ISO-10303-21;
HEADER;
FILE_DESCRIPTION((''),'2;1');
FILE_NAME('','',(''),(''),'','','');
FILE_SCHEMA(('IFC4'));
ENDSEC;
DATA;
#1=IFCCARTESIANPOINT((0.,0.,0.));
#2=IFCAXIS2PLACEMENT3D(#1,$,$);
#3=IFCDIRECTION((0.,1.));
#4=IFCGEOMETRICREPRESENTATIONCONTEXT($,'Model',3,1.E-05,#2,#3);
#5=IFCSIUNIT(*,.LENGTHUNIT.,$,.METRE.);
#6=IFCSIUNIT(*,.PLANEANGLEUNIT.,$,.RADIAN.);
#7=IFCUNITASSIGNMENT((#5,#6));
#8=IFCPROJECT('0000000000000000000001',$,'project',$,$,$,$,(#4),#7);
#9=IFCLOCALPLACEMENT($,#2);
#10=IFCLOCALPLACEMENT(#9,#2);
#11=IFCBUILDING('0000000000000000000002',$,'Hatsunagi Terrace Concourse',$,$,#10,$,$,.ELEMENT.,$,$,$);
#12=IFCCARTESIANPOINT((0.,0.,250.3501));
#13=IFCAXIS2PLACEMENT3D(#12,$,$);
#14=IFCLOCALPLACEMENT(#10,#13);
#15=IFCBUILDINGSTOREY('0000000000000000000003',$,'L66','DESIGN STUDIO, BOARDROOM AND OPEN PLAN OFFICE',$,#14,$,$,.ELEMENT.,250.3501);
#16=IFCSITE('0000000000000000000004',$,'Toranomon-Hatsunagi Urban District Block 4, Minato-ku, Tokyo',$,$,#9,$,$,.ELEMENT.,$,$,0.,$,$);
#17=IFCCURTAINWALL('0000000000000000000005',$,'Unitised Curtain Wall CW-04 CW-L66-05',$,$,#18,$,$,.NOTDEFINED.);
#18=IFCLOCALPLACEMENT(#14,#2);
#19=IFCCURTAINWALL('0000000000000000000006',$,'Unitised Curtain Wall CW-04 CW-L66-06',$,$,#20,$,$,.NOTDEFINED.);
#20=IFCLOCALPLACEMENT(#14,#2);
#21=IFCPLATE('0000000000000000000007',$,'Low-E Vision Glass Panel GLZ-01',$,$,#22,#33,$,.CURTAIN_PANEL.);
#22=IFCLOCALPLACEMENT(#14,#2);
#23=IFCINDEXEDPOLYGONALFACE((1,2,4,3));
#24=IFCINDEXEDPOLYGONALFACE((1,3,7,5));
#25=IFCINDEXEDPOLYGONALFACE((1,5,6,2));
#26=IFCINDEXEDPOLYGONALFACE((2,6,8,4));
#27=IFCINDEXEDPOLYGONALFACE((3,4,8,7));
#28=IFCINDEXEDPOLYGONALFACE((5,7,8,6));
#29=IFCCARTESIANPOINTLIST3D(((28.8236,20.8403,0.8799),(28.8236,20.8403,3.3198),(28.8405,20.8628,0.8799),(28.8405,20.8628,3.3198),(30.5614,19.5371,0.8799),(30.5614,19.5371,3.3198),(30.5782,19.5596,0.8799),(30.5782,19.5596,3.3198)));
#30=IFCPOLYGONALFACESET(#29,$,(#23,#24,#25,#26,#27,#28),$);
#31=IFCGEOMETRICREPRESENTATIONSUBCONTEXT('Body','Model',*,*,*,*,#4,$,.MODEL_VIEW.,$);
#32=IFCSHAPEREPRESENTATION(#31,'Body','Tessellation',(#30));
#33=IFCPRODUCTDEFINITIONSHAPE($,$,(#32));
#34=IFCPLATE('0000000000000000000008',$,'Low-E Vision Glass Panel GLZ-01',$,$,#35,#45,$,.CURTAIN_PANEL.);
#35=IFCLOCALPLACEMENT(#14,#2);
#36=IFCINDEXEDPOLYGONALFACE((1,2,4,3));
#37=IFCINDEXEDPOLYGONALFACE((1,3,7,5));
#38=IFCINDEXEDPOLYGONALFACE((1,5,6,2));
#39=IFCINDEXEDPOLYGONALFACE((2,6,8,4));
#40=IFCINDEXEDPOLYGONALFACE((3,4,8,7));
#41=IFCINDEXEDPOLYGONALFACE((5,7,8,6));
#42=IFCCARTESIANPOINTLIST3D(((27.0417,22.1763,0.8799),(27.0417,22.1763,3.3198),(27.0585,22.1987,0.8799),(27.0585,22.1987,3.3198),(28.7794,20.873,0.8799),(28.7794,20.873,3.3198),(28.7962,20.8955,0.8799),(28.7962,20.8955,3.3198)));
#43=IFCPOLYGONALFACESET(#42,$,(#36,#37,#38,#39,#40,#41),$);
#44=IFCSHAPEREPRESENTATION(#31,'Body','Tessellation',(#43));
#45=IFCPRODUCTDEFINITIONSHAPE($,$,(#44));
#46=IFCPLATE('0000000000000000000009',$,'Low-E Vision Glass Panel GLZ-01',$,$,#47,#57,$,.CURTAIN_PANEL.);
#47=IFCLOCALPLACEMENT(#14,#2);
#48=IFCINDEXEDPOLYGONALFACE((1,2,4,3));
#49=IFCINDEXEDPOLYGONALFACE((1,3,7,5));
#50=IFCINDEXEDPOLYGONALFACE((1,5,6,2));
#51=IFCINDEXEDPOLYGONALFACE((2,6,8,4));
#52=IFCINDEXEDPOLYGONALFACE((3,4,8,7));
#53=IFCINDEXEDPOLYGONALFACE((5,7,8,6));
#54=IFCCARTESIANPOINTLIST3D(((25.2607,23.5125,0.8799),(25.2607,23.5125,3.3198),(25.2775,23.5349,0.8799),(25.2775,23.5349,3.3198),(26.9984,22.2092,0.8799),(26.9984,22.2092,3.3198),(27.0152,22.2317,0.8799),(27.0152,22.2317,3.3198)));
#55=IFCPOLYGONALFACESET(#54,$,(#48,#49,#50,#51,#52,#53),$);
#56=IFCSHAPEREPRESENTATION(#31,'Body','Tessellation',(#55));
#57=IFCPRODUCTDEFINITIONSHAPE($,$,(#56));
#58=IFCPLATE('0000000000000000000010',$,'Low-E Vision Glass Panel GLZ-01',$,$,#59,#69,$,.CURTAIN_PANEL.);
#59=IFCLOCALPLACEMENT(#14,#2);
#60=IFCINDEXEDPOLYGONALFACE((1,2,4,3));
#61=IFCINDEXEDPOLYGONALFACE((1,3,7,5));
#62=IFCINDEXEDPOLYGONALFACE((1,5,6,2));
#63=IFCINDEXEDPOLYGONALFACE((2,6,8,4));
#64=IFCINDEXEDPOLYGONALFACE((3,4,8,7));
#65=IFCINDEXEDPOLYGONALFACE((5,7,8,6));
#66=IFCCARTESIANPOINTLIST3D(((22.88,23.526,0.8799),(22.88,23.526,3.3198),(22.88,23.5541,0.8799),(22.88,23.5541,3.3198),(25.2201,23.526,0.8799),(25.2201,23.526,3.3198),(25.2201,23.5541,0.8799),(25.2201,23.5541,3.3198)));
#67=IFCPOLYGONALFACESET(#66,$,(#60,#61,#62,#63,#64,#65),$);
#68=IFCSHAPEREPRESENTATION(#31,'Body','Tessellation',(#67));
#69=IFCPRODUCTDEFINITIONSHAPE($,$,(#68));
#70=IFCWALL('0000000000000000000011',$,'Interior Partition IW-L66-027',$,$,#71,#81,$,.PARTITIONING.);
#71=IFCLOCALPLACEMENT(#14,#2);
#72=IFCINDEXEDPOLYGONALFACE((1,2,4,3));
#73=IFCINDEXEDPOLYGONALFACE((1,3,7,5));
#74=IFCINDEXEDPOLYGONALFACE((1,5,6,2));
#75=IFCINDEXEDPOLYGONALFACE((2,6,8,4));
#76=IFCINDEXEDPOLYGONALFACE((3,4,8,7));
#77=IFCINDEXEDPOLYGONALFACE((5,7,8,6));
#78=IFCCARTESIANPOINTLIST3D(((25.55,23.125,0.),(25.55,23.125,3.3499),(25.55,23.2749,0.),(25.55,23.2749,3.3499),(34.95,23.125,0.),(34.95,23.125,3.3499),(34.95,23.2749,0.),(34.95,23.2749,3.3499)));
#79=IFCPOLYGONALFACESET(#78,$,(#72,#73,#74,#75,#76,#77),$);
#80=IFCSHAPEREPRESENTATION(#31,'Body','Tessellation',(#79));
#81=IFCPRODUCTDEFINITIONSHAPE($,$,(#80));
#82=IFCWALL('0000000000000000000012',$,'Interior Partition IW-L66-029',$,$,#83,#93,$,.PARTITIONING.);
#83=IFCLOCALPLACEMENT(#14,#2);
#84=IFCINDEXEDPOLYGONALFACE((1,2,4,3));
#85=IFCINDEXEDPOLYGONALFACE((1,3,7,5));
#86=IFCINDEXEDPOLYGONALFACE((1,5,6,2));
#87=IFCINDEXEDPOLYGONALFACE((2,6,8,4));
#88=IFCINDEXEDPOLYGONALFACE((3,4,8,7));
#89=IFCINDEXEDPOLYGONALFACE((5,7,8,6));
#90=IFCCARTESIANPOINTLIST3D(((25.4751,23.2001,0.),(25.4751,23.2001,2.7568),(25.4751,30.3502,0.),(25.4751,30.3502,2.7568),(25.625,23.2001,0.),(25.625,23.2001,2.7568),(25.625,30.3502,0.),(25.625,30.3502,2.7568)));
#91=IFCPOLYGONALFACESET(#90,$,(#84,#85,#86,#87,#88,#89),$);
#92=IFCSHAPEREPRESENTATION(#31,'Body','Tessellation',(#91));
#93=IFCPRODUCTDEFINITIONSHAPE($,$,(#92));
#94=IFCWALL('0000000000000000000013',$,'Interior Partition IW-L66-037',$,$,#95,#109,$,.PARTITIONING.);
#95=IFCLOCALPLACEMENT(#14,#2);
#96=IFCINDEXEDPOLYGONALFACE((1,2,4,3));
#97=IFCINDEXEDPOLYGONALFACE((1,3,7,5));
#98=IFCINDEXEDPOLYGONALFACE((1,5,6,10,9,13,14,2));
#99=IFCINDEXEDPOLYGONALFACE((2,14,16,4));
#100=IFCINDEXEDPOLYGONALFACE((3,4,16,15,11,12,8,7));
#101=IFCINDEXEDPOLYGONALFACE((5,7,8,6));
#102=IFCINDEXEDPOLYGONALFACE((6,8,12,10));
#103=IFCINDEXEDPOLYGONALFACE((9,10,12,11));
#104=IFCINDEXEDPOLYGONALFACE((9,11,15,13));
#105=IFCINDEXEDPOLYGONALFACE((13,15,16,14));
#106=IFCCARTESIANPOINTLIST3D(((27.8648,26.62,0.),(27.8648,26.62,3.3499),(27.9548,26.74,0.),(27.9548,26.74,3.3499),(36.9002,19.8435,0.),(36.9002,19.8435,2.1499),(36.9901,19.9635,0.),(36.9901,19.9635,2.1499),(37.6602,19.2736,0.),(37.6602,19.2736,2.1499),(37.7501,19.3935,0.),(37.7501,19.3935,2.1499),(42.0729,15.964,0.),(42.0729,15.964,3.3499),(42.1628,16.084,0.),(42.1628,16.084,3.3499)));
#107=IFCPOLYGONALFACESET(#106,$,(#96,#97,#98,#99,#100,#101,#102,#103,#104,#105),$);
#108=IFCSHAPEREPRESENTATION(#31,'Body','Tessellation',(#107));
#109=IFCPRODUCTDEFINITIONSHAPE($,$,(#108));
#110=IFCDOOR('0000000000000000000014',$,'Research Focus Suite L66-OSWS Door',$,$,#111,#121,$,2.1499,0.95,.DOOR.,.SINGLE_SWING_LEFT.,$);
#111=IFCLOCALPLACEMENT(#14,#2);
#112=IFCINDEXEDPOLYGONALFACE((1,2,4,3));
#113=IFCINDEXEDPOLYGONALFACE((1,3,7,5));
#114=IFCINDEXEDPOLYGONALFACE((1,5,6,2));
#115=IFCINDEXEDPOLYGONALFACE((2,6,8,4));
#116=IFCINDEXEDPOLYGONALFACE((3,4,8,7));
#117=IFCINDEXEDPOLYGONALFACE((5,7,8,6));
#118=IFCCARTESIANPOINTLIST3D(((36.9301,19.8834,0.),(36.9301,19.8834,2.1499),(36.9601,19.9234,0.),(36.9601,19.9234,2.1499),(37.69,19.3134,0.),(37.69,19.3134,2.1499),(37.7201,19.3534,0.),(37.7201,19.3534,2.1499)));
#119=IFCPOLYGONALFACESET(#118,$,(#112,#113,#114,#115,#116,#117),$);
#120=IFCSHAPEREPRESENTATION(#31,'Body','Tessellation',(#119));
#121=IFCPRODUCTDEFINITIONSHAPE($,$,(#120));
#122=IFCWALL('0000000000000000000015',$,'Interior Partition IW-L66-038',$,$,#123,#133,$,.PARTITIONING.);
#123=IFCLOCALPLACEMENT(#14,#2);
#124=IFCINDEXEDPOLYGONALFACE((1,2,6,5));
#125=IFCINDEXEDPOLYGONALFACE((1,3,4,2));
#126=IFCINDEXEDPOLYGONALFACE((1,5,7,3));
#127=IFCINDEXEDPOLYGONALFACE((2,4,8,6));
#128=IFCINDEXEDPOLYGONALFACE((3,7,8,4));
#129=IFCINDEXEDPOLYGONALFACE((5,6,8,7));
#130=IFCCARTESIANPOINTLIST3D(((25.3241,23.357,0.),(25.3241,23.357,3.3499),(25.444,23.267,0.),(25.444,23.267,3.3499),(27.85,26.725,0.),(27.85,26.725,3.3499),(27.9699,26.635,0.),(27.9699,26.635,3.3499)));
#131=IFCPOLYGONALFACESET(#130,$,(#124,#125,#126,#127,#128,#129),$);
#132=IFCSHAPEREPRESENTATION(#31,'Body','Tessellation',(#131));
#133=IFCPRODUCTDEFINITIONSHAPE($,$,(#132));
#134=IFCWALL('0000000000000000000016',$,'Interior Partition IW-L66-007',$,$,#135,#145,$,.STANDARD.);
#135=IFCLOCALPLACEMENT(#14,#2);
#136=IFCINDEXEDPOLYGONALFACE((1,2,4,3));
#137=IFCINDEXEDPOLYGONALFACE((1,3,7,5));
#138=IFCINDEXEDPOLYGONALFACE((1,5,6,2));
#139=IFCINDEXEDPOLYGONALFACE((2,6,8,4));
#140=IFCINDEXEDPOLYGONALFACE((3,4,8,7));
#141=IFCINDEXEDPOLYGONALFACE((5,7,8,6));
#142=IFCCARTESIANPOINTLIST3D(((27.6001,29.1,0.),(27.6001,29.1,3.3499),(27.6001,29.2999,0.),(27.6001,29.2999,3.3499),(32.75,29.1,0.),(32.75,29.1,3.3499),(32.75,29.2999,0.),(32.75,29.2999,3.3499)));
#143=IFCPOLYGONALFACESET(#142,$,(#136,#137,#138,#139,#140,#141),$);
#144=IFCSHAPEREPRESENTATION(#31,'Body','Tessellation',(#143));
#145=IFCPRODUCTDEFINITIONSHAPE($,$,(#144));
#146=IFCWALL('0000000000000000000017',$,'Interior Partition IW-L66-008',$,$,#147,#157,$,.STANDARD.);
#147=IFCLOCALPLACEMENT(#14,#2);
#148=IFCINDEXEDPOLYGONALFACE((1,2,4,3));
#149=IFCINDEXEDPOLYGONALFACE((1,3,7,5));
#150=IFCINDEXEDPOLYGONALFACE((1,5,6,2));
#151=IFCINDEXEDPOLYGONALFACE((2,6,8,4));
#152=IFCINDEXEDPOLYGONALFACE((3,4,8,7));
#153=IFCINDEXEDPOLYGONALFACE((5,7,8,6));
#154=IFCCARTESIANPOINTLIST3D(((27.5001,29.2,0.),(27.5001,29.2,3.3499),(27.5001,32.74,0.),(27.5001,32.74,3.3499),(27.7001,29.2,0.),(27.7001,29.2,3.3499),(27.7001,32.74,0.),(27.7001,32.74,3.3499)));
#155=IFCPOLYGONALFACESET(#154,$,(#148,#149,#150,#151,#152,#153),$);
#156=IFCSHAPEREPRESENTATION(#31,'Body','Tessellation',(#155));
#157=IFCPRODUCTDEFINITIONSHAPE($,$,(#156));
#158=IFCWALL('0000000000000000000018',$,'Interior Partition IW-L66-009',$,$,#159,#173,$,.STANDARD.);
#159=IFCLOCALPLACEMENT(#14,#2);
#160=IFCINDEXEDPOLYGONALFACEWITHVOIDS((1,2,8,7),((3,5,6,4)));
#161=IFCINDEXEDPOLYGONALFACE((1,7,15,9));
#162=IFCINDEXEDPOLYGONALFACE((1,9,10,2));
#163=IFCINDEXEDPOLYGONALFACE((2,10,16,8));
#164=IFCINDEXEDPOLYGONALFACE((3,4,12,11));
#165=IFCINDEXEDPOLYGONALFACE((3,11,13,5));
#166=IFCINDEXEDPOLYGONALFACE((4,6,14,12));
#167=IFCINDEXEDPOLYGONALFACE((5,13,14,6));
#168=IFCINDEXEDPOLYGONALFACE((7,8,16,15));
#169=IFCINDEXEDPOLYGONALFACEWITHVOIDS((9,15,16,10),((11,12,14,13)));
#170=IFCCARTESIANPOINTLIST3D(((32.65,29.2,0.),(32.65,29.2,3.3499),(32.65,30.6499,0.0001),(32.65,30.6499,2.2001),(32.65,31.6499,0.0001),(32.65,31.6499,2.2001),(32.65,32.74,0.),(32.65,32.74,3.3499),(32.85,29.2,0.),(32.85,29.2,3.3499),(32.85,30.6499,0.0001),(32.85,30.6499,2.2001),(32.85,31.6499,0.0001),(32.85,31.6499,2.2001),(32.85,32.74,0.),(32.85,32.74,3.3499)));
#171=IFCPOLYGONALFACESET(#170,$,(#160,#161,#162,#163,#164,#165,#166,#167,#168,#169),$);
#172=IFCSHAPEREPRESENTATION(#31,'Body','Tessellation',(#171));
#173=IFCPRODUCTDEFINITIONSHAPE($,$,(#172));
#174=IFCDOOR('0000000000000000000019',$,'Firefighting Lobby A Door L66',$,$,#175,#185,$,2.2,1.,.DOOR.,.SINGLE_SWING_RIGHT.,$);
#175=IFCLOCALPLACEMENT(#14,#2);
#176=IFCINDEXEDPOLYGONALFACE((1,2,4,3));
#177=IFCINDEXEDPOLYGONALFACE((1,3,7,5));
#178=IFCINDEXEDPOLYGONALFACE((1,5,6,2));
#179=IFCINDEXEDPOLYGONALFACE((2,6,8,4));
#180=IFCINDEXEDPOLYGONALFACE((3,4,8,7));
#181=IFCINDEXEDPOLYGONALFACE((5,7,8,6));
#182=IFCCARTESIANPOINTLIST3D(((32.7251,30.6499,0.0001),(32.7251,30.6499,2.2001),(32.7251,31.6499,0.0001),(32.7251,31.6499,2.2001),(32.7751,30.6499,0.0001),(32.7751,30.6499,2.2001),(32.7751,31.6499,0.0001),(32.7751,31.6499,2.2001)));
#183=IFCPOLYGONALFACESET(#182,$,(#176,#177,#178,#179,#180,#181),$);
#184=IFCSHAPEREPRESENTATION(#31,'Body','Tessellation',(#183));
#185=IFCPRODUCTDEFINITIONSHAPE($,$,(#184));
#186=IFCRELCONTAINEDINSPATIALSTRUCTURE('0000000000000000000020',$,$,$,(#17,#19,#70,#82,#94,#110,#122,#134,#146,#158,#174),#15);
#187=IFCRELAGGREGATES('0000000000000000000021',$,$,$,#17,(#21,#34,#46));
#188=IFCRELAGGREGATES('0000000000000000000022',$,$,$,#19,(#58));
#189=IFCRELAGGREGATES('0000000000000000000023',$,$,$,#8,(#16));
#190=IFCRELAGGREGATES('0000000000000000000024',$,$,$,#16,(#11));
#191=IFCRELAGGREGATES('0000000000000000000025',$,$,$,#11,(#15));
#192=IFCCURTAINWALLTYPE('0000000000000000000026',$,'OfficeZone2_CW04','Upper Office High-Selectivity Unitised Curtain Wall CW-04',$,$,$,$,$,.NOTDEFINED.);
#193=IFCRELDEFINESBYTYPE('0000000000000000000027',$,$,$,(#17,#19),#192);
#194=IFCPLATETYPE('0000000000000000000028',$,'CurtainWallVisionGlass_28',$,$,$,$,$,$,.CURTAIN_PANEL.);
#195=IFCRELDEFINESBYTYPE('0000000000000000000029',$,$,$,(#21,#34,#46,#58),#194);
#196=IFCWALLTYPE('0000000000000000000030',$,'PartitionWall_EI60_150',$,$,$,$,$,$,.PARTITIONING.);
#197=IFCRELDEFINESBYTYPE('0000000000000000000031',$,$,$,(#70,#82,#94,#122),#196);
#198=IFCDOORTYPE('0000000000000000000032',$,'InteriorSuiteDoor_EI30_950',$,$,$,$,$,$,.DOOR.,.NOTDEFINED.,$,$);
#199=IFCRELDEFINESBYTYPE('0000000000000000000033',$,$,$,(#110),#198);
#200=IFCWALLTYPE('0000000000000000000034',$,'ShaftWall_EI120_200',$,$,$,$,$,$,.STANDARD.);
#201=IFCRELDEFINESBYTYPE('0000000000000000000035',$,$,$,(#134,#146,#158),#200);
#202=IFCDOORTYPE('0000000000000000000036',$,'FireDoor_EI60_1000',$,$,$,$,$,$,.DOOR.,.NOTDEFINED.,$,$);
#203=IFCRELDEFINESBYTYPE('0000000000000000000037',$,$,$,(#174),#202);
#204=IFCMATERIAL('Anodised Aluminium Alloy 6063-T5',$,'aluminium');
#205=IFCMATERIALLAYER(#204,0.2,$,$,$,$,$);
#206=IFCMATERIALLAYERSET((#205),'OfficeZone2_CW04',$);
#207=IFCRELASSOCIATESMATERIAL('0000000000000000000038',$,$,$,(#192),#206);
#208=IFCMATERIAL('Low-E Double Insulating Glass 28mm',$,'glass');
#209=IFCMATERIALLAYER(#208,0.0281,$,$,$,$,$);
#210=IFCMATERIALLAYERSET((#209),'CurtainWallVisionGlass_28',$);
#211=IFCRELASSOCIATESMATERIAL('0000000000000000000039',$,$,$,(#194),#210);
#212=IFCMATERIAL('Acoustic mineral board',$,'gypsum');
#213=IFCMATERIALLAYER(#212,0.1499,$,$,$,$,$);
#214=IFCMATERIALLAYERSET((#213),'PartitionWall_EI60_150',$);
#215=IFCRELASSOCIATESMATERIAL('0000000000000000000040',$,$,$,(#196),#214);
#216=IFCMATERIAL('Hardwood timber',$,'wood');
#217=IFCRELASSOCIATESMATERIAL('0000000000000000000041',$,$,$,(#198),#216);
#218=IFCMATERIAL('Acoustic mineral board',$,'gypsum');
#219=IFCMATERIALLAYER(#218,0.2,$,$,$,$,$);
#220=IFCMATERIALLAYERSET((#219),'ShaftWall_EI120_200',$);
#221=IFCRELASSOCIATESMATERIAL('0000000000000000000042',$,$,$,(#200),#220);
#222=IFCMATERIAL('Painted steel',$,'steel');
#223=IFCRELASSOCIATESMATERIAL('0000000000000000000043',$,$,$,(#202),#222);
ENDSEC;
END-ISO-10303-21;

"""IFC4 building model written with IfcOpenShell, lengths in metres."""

from ifc_helpers import new_model, si_unit, direction, frame, frame_2d, origin, origin_2d, place, context, subcontext, project, spatial, rectangle, extrude, material, layer, layer_set, type_object, element, fill, aggregate, save


model = new_model("IFC4")

# Units and contexts
model_context = context("Model", 3, precision=1e-05, world=origin(), true_north=direction((0.0, 1.0)))
body_context = subcontext(model_context, "Body", "Model", "MODEL_VIEW")
ifc_project = project(units=[si_unit("LENGTHUNIT", "METRE"), si_unit("PLANEANGLEUNIT", "RADIAN")], contexts=[model_context])

# Site, building, storey
site_placement = place(None, origin())
site = spatial("IfcSite", under=ifc_project, at=site_placement, Name="Toranomon-Hatsunagi Urban District Block 4, Minato-ku, Tokyo", CompositionType="ELEMENT", RefElevation=0.0)
building_placement = place(site_placement, origin())
building = spatial("IfcBuilding", under=site, at=building_placement, Name="Hatsunagi Terrace Concourse", CompositionType="ELEMENT")
storey_placement = place(building_placement, frame((0.0, 0.0, 250.3501)))
storey = spatial("IfcBuildingStorey", under=building, at=storey_placement, Name="L66", Description="DESIGN STUDIO, BOARDROOM AND OPEN PLAN OFFICE", CompositionType="ELEMENT", Elevation=250.3501)

# Curtain walls
ifc_material_1 = material(Name="Anodised Aluminium Alloy 6063-T5", Category="aluminium")
ifc_layer_1 = layer(ifc_material_1, 0.2)
ifc_layer_set_1 = layer_set([ifc_layer_1], Name="OfficeZone2_CW04")
curtain_wall_type = type_object("IfcCurtainWallType", Name="OfficeZone2_CW04", Description="Upper Office High-Selectivity Unitised Curtain Wall CW-04", PredefinedType="NOTDEFINED", material=ifc_layer_set_1)
curtain_wall_1_placement = place(storey_placement, origin())
curtain_wall_1 = element("IfcCurtainWall", 1, at=curtain_wall_1_placement, inside=storey, type_object=curtain_wall_type, Name="Unitised Curtain Wall CW-04 CW-L66-05", PredefinedType="NOTDEFINED")
curtain_wall_2_placement = place(storey_placement, origin())
curtain_wall_2 = element("IfcCurtainWall", 2, at=curtain_wall_2_placement, inside=storey, type_object=curtain_wall_type, Name="Unitised Curtain Wall CW-04 CW-L66-06", PredefinedType="NOTDEFINED")

# Plates
ifc_material_2 = material(Name="Low-E Double Insulating Glass 28mm", Category="glass")
ifc_layer_2 = layer(ifc_material_2, 0.0281)
ifc_layer_set_2 = layer_set([ifc_layer_2], Name="CurtainWallVisionGlass_28")
plate_type_1 = type_object("IfcPlateType", Name="CurtainWallVisionGlass_28", PredefinedType="CURTAIN_PANEL", material=ifc_layer_set_2)
plate_1_placement = place(storey_placement, frame((29.7009, 20.2, 0.8799), z_axis=(0.0, 0.0, 1.0), x_axis=(-0.800007, 0.59999, 0.0)))
plate_1 = element("IfcPlate", 3, at=plate_1_placement, type_object=plate_type_1, Name="Low-E Vision Glass Panel GLZ-01", PredefinedType="CURTAIN_PANEL", context=body_context, shape_type="SweptSolid", body=[
    extrude(rectangle(XDim=2.1721, YDim=0.0281, at=origin_2d()), origin(), (0.0, 0.0, 1.0), 2.4399),
])
plate_2_placement = place(storey_placement, frame((27.9189, 21.5359, 0.8799), z_axis=(0.0, 0.0, 1.0), x_axis=(-0.800007, 0.59999, 0.0)))
plate_2 = element("IfcPlate", 4, at=plate_2_placement, type_object=plate_type_1, Name="Low-E Vision Glass Panel GLZ-01", PredefinedType="CURTAIN_PANEL", context=body_context, shape_type="SweptSolid", body=[
    extrude(rectangle(XDim=2.1721, YDim=0.0281, at=origin_2d()), origin(), (0.0, 0.0, 1.0), 2.4399),
])
plate_3_placement = place(storey_placement, frame((26.1379, 22.8721, 0.8799), z_axis=(0.0, 0.0, 1.0), x_axis=(-0.800007, 0.59999, 0.0)))
plate_3 = element("IfcPlate", 5, at=plate_3_placement, type_object=plate_type_1, Name="Low-E Vision Glass Panel GLZ-01", PredefinedType="CURTAIN_PANEL", context=body_context, shape_type="SweptSolid", body=[
    extrude(rectangle(XDim=2.1721, YDim=0.0281, at=origin_2d()), origin(), (0.0, 0.0, 1.0), 2.4399),
])
aggregate(curtain_wall_1, [plate_1, plate_2, plate_3])
plate_4_placement = place(storey_placement, frame((24.05, 23.54, 0.8799), z_axis=(0.0, 0.0, 1.0), x_axis=(-1.0, 0.0, 0.0)))
plate_4 = element("IfcPlate", 6, at=plate_4_placement, type_object=plate_type_1, Name="Low-E Vision Glass Panel GLZ-01", PredefinedType="CURTAIN_PANEL", context=body_context, shape_type="SweptSolid", body=[
    extrude(rectangle(XDim=2.3401, YDim=0.0281, at=origin_2d()), origin(), (0.0, 0.0, 1.0), 2.4399),
])
aggregate(curtain_wall_2, [plate_4])

# Walls
ifc_material_3 = material(Name="Acoustic mineral board", Category="gypsum")
ifc_layer_3 = layer(ifc_material_3, 0.1499)
ifc_layer_set_3 = layer_set([ifc_layer_3], Name="PartitionWall_EI60_150")
wall_type_1 = type_object("IfcWallType", Name="PartitionWall_EI60_150", PredefinedType="PARTITIONING", material=ifc_layer_set_3)
wall_1_placement = place(storey_placement, frame((25.55, 23.2, 0.0), z_axis=(0.0, 0.0, 1.0), x_axis=(1.0, 0.0, 0.0)))
element("IfcWall", 7, at=wall_1_placement, inside=storey, type_object=wall_type_1, Name="Interior Partition IW-L66-027", PredefinedType="PARTITIONING", context=body_context, shape_type="SweptSolid", body=[
    extrude(rectangle(XDim=9.3999, YDim=0.1499, at=frame_2d((4.7, 0.0))), origin(), (0.0, 0.0, 1.0), 3.3499),
])
wall_2_placement = place(storey_placement, frame((25.55, 23.2, 0.0), z_axis=(0.0, 0.0, 1.0), x_axis=(0.0, 1.0, 0.0)))
element("IfcWall", 8, at=wall_2_placement, inside=storey, type_object=wall_type_1, Name="Interior Partition IW-L66-029", PredefinedType="PARTITIONING", context=body_context, shape_type="SweptSolid", body=[
    extrude(rectangle(XDim=7.1501, YDim=0.1499, at=frame_2d((3.5752, 0.0))), origin(), (0.0, 0.0, 1.0), 2.7568),
])

# Wall, opening, door
wall_3_placement = place(storey_placement, frame((27.9099, 26.6799, 0.0), z_axis=(0.0, 0.0, 1.0), x_axis=(0.8, -0.6, 0.0)))
wall_3 = element("IfcWall", 9, at=wall_3_placement, inside=storey, type_object=wall_type_1, Name="Interior Partition IW-L66-037", PredefinedType="PARTITIONING", context=body_context, shape_type="SweptSolid", body=[
    extrude(rectangle(XDim=17.76, YDim=0.1499, at=frame_2d((8.8799, 0.0))), origin(), (0.0, 0.0, 1.0), 3.3499),
])
opening_1_placement = place(wall_3_placement, frame((11.2939, 0.0, 0.0)))
opening_1 = element("IfcOpeningElement", 10, at=opening_1_placement, cuts=wall_3, PredefinedType="OPENING", context=body_context, shape_type="SweptSolid", body=[
    extrude(rectangle(XDim=0.95, YDim=2.1499, at=frame_2d((0.4751, 1.075))), frame((0.0, 0.085, 0.0), z_axis=(0.0, -1.0, 0.0), x_axis=(1.0, 0.0, 0.0)), (0.0, 0.0, 1.0), 0.1699),
])
ifc_material_4 = material(Name="Hardwood timber", Category="wood")
door_type_1 = type_object("IfcDoorType", Name="InteriorSuiteDoor_EI30_950", OperationType="NOTDEFINED", PredefinedType="DOOR", material=ifc_material_4)
door_1_placement = place(opening_1_placement, origin())
door_1 = element("IfcDoor", 11, at=door_1_placement, inside=storey, type_object=door_type_1, Name="Research Focus Suite L66-OSWS Door", OperationType="SINGLE_SWING_LEFT", OverallHeight=2.1499, OverallWidth=0.95, PredefinedType="DOOR", context=body_context, shape_type="SweptSolid", body=[
    extrude(rectangle(XDim=0.95, YDim=2.1499, at=frame_2d((0.4751, 1.075))), frame((0.0, 0.0249, 0.0), z_axis=(0.0, -1.0, 0.0), x_axis=(1.0, 0.0, 0.0)), (0.0, 0.0, 1.0), 0.05),
])
fill(opening_1, door_1)

# Walls
wall_4_placement = place(storey_placement, frame((25.384, 23.312, 0.0), z_axis=(0.0, 0.0, 1.0), x_axis=(0.599991, 0.800007, 0.0)))
element("IfcWall", 12, at=wall_4_placement, inside=storey, type_object=wall_type_1, Name="Interior Partition IW-L66-038", PredefinedType="PARTITIONING", context=body_context, shape_type="SweptSolid", body=[
    extrude(rectangle(XDim=4.21, YDim=0.1499, at=frame_2d((2.105, 0.0))), origin(), (0.0, 0.0, 1.0), 3.3499),
])
ifc_material_5 = material(Name="Acoustic mineral board", Category="gypsum")
ifc_layer_4 = layer(ifc_material_5, 0.2)
ifc_layer_set_4 = layer_set([ifc_layer_4], Name="ShaftWall_EI120_200")
wall_type_2 = type_object("IfcWallType", Name="ShaftWall_EI120_200", PredefinedType="STANDARD", material=ifc_layer_set_4)
wall_5_placement = place(storey_placement, frame((27.6001, 29.2, 0.0), z_axis=(0.0, 0.0, 1.0), x_axis=(1.0, 0.0, 0.0)))
element("IfcWall", 13, at=wall_5_placement, inside=storey, type_object=wall_type_2, Name="Interior Partition IW-L66-007", PredefinedType="STANDARD", context=body_context, shape_type="SweptSolid", body=[
    extrude(rectangle(XDim=5.1499, YDim=0.2, at=frame_2d((2.575, 0.0))), origin(), (0.0, 0.0, 1.0), 3.3499),
])
wall_6_placement = place(storey_placement, frame((27.6001, 29.2, 0.0), z_axis=(0.0, 0.0, 1.0), x_axis=(0.0, 1.0, 0.0)))
element("IfcWall", 14, at=wall_6_placement, inside=storey, type_object=wall_type_2, Name="Interior Partition IW-L66-008", PredefinedType="STANDARD", context=body_context, shape_type="SweptSolid", body=[
    extrude(rectangle(XDim=3.54, YDim=0.2, at=frame_2d((1.77, 0.0))), origin(), (0.0, 0.0, 1.0), 3.3499),
])

# Wall, opening, door
wall_7_placement = place(storey_placement, frame((32.75, 29.2, 0.0), z_axis=(0.0, 0.0, 1.0), x_axis=(0.0, 1.0, 0.0)))
wall_7 = element("IfcWall", 15, at=wall_7_placement, inside=storey, type_object=wall_type_2, Name="Interior Partition IW-L66-009", PredefinedType="STANDARD", context=body_context, shape_type="SweptSolid", body=[
    extrude(rectangle(XDim=3.54, YDim=0.2, at=frame_2d((1.77, 0.0))), origin(), (0.0, 0.0, 1.0), 3.3499),
])
opening_2_placement = place(wall_7_placement, frame((1.45, 0.0, 0.0)))
opening_2 = element("IfcOpeningElement", 16, at=opening_2_placement, cuts=wall_7, PredefinedType="OPENING", context=body_context, shape_type="SweptSolid", body=[
    extrude(rectangle(XDim=1.0, YDim=2.2, at=frame_2d((0.5, 1.1001))), frame((0.0, 0.1099, 0.0), z_axis=(0.0, -1.0, 0.0), x_axis=(1.0, 0.0, 0.0)), (0.0, 0.0, 1.0), 0.22),
])
ifc_material_6 = material(Name="Painted steel", Category="steel")
door_type_2 = type_object("IfcDoorType", Name="FireDoor_EI60_1000", OperationType="NOTDEFINED", PredefinedType="DOOR", material=ifc_material_6)
door_2_placement = place(opening_2_placement, origin())
door_2 = element("IfcDoor", 17, at=door_2_placement, inside=storey, type_object=door_type_2, Name="Firefighting Lobby A Door L66", OperationType="SINGLE_SWING_RIGHT", OverallHeight=2.2, OverallWidth=1.0, PredefinedType="DOOR", context=body_context, shape_type="SweptSolid", body=[
    extrude(rectangle(XDim=1.0, YDim=2.2, at=frame_2d((0.5, 1.1001))), frame((0.0, 0.0249, 0.0), z_axis=(0.0, -1.0, 0.0), x_axis=(1.0, 0.0, 0.0)), (0.0, 0.0, 1.0), 0.05),
])
fill(opening_2, door_2)

save(model, "model.ifc")
